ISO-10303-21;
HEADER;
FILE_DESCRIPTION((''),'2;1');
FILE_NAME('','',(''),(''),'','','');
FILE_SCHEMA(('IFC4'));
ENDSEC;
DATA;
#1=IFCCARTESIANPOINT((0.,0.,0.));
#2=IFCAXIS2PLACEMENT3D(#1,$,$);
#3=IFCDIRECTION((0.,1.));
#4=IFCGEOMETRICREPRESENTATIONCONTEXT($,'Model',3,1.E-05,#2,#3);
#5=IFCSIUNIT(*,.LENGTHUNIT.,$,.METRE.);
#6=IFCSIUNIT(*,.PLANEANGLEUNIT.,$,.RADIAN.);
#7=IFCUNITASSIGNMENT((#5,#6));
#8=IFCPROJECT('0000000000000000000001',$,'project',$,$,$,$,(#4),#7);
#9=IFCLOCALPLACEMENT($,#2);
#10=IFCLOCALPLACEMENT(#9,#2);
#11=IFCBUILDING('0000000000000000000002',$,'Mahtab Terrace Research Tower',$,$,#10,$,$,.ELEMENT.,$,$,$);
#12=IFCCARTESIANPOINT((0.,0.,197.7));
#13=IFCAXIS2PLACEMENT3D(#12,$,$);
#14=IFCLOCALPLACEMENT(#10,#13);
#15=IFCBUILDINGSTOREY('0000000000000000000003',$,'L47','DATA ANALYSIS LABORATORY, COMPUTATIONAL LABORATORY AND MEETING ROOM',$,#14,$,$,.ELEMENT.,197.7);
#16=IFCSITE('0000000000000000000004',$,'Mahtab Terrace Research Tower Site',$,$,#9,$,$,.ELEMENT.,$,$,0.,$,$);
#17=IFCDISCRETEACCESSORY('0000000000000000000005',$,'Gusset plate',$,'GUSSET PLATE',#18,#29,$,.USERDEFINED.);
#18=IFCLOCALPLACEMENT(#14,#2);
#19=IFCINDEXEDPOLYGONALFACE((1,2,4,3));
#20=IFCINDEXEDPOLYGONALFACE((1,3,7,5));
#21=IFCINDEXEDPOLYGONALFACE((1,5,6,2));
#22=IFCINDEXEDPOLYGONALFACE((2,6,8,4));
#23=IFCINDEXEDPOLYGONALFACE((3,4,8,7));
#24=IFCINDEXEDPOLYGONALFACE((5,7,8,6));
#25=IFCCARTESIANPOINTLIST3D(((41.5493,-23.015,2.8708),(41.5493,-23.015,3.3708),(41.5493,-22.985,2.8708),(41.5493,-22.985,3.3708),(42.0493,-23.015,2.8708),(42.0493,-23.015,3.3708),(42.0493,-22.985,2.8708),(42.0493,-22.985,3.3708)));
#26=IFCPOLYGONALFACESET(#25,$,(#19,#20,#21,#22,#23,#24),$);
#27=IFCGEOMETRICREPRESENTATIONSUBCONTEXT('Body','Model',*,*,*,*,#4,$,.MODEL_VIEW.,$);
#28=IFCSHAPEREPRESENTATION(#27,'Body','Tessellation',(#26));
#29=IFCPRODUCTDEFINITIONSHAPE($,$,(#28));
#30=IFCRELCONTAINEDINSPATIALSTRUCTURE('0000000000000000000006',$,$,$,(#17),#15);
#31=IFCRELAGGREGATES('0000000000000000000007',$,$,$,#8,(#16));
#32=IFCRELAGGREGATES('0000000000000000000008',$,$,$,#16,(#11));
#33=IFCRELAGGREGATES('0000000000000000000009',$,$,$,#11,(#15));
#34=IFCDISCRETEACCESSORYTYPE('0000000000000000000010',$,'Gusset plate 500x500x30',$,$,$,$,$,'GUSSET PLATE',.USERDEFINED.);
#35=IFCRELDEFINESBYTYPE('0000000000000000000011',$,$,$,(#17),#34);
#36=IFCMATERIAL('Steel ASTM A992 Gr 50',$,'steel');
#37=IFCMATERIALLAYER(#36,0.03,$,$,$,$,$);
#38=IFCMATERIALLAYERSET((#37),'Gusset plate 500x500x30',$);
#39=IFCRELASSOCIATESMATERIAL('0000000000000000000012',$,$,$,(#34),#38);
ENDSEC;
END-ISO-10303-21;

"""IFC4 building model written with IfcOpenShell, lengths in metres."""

from ifc_helpers import new_model, si_unit, direction, frame, origin, origin_2d, place, context, subcontext, project, spatial, rectangle, extrude, material, layer, layer_set, type_object, element, save


model = new_model("IFC4")

# Units and contexts
model_context = context("Model", 3, precision=1e-05, world=origin(), true_north=direction((0.0, 1.0)))
body_context = subcontext(model_context, "Body", "Model", "MODEL_VIEW")
ifc_project = project(units=[si_unit("LENGTHUNIT", "METRE"), si_unit("PLANEANGLEUNIT", "RADIAN")], contexts=[model_context])

# Site, building, storey
site_placement = place(None, origin())
site = spatial("IfcSite", under=ifc_project, at=site_placement, Name="Mahtab Terrace Research Tower Site", CompositionType="ELEMENT", RefElevation=0.0)
building_placement = place(site_placement, origin())
building = spatial("IfcBuilding", under=site, at=building_placement, Name="Mahtab Terrace Research Tower", CompositionType="ELEMENT")
storey_placement = place(building_placement, frame((0.0, 0.0, 197.7)))
storey = spatial("IfcBuildingStorey", under=building, at=storey_placement, Name="L47", Description="DATA ANALYSIS LABORATORY, COMPUTATIONAL LABORATORY AND MEETING ROOM", CompositionType="ELEMENT", Elevation=197.7)

# Shared definitions
ifc_material_1 = material(Name="Steel ASTM A992 Gr 50", Category="steel")

# Discrete accessory
ifc_layer_1 = layer(ifc_material_1, 0.03)
ifc_layer_set_1 = layer_set([ifc_layer_1], Name="Gusset plate 500x500x30")
discrete_accessory_type = type_object("IfcDiscreteAccessoryType", Name="Gusset plate 500x500x30", ElementType="GUSSET PLATE", PredefinedType="USERDEFINED", material=ifc_layer_set_1)
for number, where, z_axis, x_axis, name in (
    (1, (41.7993, -23.0, 2.8708), (0.0, 0.0, 1.0), (1.0, 0.0, 0.0), "Gusset plate"),
):
    element("IfcDiscreteAccessory", number, at=place(storey_placement, frame(where, z_axis=z_axis, x_axis=x_axis)), inside=storey, type_object=discrete_accessory_type, Name=name, ObjectType="GUSSET PLATE", PredefinedType="USERDEFINED", context=body_context, shape_type="SweptSolid", body=[
        extrude(rectangle(XDim=0.5, YDim=0.03, at=origin_2d()), origin(), (0.0, 0.0, 1.0), 0.5),
    ])

save(model, "model.ifc")
